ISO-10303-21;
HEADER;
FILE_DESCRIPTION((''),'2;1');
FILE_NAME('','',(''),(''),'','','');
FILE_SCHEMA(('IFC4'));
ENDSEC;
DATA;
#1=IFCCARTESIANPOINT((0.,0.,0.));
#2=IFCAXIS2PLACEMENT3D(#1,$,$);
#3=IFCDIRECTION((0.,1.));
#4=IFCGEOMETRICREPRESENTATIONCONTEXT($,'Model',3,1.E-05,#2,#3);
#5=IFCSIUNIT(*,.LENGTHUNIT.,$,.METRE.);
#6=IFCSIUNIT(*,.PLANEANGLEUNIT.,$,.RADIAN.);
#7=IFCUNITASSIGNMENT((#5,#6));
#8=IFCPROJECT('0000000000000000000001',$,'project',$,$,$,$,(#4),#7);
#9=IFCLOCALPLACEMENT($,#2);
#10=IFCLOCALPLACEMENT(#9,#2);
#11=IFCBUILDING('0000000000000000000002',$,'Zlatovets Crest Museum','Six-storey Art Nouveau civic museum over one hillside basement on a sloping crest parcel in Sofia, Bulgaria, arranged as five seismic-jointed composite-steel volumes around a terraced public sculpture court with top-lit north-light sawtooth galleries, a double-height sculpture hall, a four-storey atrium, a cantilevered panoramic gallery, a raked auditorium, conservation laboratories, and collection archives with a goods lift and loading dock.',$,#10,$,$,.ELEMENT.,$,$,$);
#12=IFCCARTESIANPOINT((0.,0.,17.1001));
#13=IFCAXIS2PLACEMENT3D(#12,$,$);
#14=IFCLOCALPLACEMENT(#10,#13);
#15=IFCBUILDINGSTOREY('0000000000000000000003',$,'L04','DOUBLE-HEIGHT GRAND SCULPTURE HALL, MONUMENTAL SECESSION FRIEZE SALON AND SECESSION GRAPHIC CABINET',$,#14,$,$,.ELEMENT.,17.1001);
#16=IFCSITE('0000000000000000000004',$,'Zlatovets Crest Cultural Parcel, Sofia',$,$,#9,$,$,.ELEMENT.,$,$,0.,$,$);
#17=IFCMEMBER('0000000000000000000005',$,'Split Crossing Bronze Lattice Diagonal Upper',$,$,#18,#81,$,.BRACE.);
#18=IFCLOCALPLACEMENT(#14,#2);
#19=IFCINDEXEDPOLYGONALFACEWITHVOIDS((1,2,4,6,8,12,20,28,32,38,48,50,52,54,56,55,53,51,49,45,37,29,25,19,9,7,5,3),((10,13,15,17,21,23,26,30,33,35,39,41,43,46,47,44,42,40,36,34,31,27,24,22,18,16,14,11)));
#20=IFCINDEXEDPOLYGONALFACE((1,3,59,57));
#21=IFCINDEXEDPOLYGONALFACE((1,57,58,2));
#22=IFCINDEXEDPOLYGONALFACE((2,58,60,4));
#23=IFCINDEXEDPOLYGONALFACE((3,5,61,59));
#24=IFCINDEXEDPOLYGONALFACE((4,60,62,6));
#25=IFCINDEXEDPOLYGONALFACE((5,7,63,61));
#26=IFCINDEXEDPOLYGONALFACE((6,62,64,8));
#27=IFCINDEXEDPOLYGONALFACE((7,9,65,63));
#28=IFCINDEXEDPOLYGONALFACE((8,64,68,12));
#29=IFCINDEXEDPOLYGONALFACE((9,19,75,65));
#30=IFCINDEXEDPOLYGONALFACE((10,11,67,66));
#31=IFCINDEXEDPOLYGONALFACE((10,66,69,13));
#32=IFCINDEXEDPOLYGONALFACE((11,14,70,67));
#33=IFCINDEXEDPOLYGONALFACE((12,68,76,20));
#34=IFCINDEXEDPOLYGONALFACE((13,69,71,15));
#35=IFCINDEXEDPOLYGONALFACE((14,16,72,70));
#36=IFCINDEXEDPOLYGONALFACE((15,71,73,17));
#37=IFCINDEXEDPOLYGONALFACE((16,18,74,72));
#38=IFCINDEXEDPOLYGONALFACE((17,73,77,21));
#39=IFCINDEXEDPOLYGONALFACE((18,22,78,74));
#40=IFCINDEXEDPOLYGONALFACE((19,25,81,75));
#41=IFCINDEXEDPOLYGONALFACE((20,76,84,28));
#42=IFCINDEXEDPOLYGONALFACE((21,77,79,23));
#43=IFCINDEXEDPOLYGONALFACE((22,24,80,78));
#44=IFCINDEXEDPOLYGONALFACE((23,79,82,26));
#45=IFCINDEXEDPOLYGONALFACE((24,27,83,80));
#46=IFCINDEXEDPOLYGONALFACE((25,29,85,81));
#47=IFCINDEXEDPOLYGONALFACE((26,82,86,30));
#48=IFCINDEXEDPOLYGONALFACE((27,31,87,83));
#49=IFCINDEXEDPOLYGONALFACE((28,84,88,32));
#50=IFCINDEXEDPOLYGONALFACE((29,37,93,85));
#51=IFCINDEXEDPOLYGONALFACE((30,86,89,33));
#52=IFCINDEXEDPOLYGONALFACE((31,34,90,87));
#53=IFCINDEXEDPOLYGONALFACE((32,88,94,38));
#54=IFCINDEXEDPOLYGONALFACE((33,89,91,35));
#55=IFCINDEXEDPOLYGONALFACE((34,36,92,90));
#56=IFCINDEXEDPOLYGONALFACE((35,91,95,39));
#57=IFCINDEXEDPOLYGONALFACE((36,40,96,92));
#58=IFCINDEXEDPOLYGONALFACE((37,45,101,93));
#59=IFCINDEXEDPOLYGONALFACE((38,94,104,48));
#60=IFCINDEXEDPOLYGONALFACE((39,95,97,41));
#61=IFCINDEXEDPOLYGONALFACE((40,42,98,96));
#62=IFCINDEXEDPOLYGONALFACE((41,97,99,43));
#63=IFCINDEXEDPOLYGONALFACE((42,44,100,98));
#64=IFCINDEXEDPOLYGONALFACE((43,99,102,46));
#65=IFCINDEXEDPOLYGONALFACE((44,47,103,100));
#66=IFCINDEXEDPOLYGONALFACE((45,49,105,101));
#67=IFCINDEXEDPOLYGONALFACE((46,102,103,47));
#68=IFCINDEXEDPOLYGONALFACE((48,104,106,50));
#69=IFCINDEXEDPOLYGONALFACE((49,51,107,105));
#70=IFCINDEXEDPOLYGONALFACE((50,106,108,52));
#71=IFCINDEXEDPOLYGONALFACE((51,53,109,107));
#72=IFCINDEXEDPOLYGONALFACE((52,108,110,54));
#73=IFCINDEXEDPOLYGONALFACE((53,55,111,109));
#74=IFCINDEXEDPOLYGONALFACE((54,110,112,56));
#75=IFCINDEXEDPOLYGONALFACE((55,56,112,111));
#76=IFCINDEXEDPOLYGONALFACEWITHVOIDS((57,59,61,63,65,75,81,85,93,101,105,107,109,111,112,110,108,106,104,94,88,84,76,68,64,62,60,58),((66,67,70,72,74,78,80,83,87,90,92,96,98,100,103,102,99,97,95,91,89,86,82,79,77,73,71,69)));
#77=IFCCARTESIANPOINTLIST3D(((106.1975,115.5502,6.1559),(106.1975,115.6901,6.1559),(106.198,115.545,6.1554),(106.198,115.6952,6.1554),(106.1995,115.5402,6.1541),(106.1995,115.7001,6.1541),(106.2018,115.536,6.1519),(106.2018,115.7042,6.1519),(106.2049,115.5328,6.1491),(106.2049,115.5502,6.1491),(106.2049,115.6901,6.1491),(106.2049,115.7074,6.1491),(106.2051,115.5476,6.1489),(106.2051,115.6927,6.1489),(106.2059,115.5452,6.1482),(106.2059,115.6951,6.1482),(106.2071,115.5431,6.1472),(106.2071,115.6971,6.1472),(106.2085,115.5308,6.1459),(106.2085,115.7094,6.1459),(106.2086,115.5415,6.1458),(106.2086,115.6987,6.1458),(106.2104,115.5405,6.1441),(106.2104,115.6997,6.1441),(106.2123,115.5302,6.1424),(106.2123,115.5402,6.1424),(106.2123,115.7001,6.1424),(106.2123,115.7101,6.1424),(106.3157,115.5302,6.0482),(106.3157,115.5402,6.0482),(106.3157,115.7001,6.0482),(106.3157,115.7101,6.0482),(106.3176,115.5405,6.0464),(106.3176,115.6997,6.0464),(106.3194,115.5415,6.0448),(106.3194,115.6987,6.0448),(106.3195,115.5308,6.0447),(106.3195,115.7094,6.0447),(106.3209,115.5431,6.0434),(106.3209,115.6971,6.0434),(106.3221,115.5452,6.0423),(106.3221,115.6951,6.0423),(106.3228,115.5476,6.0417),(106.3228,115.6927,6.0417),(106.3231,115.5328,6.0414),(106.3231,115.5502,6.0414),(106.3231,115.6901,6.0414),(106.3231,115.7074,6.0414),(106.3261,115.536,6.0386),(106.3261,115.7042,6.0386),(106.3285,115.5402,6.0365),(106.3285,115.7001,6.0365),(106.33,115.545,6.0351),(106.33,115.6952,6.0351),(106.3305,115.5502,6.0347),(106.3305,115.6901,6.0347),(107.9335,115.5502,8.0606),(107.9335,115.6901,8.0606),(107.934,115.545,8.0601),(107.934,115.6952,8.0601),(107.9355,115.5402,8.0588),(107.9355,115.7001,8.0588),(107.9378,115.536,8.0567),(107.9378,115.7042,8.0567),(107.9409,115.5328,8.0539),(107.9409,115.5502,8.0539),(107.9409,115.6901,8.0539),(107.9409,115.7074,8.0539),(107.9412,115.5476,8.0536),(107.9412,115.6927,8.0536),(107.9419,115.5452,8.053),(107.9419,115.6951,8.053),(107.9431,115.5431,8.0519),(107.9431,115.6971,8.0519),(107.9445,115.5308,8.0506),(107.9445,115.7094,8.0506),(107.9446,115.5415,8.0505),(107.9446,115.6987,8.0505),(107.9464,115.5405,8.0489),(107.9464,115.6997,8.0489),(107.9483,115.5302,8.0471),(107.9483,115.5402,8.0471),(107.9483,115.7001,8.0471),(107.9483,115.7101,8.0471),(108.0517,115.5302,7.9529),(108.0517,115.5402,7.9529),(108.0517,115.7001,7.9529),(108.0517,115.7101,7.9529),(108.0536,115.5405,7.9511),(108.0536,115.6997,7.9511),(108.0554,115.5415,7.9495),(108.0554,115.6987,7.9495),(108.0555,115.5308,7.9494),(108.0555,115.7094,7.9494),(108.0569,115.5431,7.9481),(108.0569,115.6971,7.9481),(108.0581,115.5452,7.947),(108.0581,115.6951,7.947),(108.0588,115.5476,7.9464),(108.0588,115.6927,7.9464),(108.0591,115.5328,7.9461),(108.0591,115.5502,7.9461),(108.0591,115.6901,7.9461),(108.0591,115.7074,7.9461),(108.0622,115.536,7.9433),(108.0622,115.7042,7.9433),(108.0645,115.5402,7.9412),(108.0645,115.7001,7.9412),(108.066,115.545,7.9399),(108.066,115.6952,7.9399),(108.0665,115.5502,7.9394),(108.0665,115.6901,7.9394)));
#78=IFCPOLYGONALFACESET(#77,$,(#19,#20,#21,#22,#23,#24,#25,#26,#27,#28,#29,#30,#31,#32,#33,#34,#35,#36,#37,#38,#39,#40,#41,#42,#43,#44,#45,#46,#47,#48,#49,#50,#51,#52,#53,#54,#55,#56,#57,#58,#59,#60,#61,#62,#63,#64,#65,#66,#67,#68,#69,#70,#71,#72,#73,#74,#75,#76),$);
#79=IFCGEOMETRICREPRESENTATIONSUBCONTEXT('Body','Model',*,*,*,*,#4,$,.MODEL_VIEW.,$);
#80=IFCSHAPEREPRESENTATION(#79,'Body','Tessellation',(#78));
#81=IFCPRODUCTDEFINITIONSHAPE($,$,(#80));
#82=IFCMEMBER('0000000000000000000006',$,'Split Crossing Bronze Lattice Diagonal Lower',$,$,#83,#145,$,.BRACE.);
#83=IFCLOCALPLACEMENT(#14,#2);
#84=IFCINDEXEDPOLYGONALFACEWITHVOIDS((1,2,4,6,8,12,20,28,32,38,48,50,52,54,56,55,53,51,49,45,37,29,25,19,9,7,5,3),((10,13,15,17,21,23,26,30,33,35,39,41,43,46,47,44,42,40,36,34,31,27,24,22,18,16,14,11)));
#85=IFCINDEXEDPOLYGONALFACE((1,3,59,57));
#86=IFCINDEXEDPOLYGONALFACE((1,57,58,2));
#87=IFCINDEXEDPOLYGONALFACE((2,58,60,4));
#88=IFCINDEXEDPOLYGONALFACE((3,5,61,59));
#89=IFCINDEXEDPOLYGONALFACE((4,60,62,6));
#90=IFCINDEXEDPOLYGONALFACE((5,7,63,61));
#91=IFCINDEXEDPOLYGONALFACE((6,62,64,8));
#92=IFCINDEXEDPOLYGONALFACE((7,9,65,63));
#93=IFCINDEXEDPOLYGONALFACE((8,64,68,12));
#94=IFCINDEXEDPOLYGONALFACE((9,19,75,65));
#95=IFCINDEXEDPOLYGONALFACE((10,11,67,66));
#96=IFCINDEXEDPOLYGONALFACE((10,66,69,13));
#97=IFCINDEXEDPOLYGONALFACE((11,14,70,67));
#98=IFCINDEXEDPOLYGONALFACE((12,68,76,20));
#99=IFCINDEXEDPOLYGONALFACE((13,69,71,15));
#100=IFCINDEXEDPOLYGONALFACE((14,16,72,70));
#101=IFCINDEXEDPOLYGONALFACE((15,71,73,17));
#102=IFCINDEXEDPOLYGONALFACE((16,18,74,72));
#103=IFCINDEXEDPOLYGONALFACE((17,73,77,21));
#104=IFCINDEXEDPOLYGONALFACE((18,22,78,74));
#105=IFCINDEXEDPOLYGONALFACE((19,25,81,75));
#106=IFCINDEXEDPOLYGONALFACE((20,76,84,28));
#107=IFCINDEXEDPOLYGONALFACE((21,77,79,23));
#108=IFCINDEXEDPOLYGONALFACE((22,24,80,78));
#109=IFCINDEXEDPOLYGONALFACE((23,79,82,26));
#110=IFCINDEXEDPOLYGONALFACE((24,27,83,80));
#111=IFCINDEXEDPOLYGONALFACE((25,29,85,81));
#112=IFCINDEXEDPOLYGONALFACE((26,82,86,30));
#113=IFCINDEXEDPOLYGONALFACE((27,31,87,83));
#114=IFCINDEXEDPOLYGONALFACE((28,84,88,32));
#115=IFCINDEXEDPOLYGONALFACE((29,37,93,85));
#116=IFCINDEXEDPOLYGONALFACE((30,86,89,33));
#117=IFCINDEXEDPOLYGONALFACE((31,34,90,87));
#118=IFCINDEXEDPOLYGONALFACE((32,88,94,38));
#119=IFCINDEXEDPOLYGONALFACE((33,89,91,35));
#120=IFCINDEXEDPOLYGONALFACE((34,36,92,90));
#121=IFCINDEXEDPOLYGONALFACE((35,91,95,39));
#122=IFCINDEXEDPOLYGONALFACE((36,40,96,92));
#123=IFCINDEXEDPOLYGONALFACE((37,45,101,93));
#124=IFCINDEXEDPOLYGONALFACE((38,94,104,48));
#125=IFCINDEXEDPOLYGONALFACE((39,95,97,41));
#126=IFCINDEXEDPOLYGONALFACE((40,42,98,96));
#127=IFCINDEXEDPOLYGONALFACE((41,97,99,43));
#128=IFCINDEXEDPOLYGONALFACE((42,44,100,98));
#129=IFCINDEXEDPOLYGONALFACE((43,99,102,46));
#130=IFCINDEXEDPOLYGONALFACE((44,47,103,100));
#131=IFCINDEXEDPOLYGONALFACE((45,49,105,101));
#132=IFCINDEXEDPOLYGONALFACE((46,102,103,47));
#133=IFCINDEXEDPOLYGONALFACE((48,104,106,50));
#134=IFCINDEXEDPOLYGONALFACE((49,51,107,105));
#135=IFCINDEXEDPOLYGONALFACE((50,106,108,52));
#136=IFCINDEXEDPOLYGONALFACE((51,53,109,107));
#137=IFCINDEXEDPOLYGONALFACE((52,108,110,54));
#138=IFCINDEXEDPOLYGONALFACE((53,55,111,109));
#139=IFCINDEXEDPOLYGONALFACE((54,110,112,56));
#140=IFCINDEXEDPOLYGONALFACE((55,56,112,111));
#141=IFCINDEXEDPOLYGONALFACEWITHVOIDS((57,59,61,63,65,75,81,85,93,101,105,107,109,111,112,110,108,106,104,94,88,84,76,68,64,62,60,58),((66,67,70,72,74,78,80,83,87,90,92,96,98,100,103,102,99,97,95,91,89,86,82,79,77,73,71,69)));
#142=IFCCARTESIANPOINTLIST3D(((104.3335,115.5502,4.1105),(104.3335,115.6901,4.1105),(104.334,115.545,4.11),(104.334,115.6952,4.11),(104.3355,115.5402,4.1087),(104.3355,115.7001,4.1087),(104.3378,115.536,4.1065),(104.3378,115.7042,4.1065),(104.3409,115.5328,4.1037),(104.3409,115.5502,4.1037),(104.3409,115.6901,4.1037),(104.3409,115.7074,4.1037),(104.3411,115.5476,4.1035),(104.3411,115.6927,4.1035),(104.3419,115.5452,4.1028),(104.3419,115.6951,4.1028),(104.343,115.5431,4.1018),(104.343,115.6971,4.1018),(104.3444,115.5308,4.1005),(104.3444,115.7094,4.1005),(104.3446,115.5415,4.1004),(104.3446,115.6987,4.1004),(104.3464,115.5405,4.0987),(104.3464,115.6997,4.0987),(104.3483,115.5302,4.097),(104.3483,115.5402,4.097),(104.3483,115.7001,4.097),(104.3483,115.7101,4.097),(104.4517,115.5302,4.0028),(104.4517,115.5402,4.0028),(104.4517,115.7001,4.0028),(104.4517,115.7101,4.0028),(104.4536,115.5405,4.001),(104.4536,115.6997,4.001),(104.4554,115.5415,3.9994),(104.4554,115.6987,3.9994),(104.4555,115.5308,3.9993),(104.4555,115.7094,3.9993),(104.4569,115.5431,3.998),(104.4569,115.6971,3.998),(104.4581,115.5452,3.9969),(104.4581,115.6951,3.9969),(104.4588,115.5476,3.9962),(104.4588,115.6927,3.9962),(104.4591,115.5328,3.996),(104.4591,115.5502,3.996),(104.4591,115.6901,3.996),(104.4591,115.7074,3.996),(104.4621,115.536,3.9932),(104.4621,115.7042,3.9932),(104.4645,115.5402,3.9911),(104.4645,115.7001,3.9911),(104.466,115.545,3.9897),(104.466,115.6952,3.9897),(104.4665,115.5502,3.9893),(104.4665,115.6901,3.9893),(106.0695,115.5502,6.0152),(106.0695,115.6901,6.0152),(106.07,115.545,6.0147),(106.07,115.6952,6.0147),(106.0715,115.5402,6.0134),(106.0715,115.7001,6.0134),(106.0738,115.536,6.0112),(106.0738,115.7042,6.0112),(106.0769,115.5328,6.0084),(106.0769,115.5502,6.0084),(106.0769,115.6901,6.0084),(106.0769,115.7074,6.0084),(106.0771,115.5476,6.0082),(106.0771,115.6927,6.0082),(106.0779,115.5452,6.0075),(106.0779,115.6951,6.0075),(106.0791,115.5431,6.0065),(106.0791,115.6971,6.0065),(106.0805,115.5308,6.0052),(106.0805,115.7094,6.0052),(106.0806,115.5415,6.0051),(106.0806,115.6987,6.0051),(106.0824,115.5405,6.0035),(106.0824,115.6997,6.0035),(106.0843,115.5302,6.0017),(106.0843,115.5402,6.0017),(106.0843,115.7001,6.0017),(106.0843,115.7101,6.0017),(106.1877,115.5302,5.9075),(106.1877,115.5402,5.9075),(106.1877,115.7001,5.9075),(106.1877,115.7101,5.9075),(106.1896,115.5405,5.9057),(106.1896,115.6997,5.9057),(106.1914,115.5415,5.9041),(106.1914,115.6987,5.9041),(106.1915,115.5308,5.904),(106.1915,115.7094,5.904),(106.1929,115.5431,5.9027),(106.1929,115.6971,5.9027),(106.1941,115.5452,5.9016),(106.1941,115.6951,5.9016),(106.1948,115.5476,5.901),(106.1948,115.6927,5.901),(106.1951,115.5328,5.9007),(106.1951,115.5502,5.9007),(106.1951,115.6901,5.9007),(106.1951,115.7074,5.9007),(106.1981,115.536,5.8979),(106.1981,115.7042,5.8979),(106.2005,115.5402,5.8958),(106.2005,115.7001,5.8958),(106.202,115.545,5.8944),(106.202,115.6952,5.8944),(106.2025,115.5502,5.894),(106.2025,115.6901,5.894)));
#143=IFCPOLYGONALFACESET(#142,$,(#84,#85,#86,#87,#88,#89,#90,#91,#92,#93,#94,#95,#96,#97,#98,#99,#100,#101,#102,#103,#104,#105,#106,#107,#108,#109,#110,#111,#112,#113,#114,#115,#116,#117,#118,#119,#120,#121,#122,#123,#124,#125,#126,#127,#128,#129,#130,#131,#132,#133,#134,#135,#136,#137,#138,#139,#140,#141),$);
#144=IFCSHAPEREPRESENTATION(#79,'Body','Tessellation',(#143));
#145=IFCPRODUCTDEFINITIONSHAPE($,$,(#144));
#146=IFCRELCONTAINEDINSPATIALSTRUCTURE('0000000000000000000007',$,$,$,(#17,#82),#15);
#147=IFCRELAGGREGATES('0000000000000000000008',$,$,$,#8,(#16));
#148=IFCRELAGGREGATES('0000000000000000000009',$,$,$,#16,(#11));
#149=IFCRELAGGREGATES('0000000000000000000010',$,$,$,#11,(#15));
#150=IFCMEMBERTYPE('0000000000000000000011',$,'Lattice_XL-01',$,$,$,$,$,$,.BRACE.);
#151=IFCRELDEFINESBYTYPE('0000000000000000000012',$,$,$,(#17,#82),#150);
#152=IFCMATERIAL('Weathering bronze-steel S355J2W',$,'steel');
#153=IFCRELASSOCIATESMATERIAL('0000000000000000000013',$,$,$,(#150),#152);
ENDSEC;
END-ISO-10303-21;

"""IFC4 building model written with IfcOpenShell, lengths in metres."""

from ifc_helpers import new_model, si_unit, direction, frame, origin, origin_2d, place, context, subcontext, project, spatial, hollow_rectangle, extrude, material, material_profile, profile_set, type_object, element, save


model = new_model("IFC4")

# Units and contexts
model_context = context("Model", 3, precision=1e-05, world=origin(), true_north=direction((0.0, 1.0)))
body_context = subcontext(model_context, "Body", "Model", "MODEL_VIEW")
ifc_project = project(units=[si_unit("LENGTHUNIT", "METRE"), si_unit("PLANEANGLEUNIT", "RADIAN")], contexts=[model_context])

# Site, building, storey
site_placement = place(None, origin())
site = spatial("IfcSite", under=ifc_project, at=site_placement, Name="Zlatovets Crest Cultural Parcel, Sofia", CompositionType="ELEMENT", RefElevation=0.0)
building_placement = place(site_placement, origin())
building = spatial("IfcBuilding", under=site, at=building_placement, Name="Zlatovets Crest Museum", Description="Six-storey Art Nouveau civic museum over one hillside basement on a sloping crest parcel in Sofia, Bulgaria, arranged as five seismic-jointed composite-steel volumes around a terraced public sculpture court with top-lit north-light sawtooth galleries, a double-height sculpture hall, a four-storey atrium, a cantilevered panoramic gallery, a raked auditorium, conservation laboratories, and collection archives with a goods lift and loading dock.", CompositionType="ELEMENT")
storey_placement = place(building_placement, frame((0.0, 0.0, 17.1001)))
storey = spatial("IfcBuildingStorey", under=building, at=storey_placement, Name="L04", Description="DOUBLE-HEIGHT GRAND SCULPTURE HALL, MONUMENTAL SECESSION FRIEZE SALON AND SECESSION GRAPHIC CABINET", CompositionType="ELEMENT", Elevation=17.1001)

# Members
ifc_material_1 = material(Name="Weathering bronze-steel S355J2W", Category="steel")
ifc_material_profile_1 = material_profile(ifc_material_1, hollow_rectangle(XDim=0.1799, YDim=0.1799, WallThickness=0.01, InnerFilletRadius=0.01, OuterFilletRadius=0.02, at=origin_2d()), Name="SHS 180x180x10.0")
ifc_profile_set_1 = profile_set([ifc_material_profile_1], Name="Weathering bronze-steel S355J2W")
member_type_1 = type_object("IfcMemberType", Name="Lattice_XL-01", PredefinedType="BRACE", material=ifc_profile_set_1)
for number, where, z_axis, x_axis, name in (
    (1, (108.0, 115.6201, 8.0), (-0.67362, 0.0, -0.739078), (0.0, -1.0, 0.0), "Split Crossing Bronze Lattice Diagonal Upper"),
    (2, (106.136, 115.6201, 5.9546), (-0.67362, 0.0, -0.739078), (0.0, -1.0, 0.0), "Split Crossing Bronze Lattice Diagonal Lower"),
):
    element("IfcMember", number, at=place(storey_placement, frame(where, z_axis=z_axis, x_axis=x_axis)), inside=storey, type_object=member_type_1, Name=name, PredefinedType="BRACE", context=body_context, shape_type="SweptSolid", body=[
        extrude(hollow_rectangle(XDim=0.1799, YDim=0.1799, WallThickness=0.01, InnerFilletRadius=0.01, OuterFilletRadius=0.02, at=origin_2d()), origin(), (0.0, 0.0, 1.0), 2.5771),
    ])

save(model, "model.ifc")
